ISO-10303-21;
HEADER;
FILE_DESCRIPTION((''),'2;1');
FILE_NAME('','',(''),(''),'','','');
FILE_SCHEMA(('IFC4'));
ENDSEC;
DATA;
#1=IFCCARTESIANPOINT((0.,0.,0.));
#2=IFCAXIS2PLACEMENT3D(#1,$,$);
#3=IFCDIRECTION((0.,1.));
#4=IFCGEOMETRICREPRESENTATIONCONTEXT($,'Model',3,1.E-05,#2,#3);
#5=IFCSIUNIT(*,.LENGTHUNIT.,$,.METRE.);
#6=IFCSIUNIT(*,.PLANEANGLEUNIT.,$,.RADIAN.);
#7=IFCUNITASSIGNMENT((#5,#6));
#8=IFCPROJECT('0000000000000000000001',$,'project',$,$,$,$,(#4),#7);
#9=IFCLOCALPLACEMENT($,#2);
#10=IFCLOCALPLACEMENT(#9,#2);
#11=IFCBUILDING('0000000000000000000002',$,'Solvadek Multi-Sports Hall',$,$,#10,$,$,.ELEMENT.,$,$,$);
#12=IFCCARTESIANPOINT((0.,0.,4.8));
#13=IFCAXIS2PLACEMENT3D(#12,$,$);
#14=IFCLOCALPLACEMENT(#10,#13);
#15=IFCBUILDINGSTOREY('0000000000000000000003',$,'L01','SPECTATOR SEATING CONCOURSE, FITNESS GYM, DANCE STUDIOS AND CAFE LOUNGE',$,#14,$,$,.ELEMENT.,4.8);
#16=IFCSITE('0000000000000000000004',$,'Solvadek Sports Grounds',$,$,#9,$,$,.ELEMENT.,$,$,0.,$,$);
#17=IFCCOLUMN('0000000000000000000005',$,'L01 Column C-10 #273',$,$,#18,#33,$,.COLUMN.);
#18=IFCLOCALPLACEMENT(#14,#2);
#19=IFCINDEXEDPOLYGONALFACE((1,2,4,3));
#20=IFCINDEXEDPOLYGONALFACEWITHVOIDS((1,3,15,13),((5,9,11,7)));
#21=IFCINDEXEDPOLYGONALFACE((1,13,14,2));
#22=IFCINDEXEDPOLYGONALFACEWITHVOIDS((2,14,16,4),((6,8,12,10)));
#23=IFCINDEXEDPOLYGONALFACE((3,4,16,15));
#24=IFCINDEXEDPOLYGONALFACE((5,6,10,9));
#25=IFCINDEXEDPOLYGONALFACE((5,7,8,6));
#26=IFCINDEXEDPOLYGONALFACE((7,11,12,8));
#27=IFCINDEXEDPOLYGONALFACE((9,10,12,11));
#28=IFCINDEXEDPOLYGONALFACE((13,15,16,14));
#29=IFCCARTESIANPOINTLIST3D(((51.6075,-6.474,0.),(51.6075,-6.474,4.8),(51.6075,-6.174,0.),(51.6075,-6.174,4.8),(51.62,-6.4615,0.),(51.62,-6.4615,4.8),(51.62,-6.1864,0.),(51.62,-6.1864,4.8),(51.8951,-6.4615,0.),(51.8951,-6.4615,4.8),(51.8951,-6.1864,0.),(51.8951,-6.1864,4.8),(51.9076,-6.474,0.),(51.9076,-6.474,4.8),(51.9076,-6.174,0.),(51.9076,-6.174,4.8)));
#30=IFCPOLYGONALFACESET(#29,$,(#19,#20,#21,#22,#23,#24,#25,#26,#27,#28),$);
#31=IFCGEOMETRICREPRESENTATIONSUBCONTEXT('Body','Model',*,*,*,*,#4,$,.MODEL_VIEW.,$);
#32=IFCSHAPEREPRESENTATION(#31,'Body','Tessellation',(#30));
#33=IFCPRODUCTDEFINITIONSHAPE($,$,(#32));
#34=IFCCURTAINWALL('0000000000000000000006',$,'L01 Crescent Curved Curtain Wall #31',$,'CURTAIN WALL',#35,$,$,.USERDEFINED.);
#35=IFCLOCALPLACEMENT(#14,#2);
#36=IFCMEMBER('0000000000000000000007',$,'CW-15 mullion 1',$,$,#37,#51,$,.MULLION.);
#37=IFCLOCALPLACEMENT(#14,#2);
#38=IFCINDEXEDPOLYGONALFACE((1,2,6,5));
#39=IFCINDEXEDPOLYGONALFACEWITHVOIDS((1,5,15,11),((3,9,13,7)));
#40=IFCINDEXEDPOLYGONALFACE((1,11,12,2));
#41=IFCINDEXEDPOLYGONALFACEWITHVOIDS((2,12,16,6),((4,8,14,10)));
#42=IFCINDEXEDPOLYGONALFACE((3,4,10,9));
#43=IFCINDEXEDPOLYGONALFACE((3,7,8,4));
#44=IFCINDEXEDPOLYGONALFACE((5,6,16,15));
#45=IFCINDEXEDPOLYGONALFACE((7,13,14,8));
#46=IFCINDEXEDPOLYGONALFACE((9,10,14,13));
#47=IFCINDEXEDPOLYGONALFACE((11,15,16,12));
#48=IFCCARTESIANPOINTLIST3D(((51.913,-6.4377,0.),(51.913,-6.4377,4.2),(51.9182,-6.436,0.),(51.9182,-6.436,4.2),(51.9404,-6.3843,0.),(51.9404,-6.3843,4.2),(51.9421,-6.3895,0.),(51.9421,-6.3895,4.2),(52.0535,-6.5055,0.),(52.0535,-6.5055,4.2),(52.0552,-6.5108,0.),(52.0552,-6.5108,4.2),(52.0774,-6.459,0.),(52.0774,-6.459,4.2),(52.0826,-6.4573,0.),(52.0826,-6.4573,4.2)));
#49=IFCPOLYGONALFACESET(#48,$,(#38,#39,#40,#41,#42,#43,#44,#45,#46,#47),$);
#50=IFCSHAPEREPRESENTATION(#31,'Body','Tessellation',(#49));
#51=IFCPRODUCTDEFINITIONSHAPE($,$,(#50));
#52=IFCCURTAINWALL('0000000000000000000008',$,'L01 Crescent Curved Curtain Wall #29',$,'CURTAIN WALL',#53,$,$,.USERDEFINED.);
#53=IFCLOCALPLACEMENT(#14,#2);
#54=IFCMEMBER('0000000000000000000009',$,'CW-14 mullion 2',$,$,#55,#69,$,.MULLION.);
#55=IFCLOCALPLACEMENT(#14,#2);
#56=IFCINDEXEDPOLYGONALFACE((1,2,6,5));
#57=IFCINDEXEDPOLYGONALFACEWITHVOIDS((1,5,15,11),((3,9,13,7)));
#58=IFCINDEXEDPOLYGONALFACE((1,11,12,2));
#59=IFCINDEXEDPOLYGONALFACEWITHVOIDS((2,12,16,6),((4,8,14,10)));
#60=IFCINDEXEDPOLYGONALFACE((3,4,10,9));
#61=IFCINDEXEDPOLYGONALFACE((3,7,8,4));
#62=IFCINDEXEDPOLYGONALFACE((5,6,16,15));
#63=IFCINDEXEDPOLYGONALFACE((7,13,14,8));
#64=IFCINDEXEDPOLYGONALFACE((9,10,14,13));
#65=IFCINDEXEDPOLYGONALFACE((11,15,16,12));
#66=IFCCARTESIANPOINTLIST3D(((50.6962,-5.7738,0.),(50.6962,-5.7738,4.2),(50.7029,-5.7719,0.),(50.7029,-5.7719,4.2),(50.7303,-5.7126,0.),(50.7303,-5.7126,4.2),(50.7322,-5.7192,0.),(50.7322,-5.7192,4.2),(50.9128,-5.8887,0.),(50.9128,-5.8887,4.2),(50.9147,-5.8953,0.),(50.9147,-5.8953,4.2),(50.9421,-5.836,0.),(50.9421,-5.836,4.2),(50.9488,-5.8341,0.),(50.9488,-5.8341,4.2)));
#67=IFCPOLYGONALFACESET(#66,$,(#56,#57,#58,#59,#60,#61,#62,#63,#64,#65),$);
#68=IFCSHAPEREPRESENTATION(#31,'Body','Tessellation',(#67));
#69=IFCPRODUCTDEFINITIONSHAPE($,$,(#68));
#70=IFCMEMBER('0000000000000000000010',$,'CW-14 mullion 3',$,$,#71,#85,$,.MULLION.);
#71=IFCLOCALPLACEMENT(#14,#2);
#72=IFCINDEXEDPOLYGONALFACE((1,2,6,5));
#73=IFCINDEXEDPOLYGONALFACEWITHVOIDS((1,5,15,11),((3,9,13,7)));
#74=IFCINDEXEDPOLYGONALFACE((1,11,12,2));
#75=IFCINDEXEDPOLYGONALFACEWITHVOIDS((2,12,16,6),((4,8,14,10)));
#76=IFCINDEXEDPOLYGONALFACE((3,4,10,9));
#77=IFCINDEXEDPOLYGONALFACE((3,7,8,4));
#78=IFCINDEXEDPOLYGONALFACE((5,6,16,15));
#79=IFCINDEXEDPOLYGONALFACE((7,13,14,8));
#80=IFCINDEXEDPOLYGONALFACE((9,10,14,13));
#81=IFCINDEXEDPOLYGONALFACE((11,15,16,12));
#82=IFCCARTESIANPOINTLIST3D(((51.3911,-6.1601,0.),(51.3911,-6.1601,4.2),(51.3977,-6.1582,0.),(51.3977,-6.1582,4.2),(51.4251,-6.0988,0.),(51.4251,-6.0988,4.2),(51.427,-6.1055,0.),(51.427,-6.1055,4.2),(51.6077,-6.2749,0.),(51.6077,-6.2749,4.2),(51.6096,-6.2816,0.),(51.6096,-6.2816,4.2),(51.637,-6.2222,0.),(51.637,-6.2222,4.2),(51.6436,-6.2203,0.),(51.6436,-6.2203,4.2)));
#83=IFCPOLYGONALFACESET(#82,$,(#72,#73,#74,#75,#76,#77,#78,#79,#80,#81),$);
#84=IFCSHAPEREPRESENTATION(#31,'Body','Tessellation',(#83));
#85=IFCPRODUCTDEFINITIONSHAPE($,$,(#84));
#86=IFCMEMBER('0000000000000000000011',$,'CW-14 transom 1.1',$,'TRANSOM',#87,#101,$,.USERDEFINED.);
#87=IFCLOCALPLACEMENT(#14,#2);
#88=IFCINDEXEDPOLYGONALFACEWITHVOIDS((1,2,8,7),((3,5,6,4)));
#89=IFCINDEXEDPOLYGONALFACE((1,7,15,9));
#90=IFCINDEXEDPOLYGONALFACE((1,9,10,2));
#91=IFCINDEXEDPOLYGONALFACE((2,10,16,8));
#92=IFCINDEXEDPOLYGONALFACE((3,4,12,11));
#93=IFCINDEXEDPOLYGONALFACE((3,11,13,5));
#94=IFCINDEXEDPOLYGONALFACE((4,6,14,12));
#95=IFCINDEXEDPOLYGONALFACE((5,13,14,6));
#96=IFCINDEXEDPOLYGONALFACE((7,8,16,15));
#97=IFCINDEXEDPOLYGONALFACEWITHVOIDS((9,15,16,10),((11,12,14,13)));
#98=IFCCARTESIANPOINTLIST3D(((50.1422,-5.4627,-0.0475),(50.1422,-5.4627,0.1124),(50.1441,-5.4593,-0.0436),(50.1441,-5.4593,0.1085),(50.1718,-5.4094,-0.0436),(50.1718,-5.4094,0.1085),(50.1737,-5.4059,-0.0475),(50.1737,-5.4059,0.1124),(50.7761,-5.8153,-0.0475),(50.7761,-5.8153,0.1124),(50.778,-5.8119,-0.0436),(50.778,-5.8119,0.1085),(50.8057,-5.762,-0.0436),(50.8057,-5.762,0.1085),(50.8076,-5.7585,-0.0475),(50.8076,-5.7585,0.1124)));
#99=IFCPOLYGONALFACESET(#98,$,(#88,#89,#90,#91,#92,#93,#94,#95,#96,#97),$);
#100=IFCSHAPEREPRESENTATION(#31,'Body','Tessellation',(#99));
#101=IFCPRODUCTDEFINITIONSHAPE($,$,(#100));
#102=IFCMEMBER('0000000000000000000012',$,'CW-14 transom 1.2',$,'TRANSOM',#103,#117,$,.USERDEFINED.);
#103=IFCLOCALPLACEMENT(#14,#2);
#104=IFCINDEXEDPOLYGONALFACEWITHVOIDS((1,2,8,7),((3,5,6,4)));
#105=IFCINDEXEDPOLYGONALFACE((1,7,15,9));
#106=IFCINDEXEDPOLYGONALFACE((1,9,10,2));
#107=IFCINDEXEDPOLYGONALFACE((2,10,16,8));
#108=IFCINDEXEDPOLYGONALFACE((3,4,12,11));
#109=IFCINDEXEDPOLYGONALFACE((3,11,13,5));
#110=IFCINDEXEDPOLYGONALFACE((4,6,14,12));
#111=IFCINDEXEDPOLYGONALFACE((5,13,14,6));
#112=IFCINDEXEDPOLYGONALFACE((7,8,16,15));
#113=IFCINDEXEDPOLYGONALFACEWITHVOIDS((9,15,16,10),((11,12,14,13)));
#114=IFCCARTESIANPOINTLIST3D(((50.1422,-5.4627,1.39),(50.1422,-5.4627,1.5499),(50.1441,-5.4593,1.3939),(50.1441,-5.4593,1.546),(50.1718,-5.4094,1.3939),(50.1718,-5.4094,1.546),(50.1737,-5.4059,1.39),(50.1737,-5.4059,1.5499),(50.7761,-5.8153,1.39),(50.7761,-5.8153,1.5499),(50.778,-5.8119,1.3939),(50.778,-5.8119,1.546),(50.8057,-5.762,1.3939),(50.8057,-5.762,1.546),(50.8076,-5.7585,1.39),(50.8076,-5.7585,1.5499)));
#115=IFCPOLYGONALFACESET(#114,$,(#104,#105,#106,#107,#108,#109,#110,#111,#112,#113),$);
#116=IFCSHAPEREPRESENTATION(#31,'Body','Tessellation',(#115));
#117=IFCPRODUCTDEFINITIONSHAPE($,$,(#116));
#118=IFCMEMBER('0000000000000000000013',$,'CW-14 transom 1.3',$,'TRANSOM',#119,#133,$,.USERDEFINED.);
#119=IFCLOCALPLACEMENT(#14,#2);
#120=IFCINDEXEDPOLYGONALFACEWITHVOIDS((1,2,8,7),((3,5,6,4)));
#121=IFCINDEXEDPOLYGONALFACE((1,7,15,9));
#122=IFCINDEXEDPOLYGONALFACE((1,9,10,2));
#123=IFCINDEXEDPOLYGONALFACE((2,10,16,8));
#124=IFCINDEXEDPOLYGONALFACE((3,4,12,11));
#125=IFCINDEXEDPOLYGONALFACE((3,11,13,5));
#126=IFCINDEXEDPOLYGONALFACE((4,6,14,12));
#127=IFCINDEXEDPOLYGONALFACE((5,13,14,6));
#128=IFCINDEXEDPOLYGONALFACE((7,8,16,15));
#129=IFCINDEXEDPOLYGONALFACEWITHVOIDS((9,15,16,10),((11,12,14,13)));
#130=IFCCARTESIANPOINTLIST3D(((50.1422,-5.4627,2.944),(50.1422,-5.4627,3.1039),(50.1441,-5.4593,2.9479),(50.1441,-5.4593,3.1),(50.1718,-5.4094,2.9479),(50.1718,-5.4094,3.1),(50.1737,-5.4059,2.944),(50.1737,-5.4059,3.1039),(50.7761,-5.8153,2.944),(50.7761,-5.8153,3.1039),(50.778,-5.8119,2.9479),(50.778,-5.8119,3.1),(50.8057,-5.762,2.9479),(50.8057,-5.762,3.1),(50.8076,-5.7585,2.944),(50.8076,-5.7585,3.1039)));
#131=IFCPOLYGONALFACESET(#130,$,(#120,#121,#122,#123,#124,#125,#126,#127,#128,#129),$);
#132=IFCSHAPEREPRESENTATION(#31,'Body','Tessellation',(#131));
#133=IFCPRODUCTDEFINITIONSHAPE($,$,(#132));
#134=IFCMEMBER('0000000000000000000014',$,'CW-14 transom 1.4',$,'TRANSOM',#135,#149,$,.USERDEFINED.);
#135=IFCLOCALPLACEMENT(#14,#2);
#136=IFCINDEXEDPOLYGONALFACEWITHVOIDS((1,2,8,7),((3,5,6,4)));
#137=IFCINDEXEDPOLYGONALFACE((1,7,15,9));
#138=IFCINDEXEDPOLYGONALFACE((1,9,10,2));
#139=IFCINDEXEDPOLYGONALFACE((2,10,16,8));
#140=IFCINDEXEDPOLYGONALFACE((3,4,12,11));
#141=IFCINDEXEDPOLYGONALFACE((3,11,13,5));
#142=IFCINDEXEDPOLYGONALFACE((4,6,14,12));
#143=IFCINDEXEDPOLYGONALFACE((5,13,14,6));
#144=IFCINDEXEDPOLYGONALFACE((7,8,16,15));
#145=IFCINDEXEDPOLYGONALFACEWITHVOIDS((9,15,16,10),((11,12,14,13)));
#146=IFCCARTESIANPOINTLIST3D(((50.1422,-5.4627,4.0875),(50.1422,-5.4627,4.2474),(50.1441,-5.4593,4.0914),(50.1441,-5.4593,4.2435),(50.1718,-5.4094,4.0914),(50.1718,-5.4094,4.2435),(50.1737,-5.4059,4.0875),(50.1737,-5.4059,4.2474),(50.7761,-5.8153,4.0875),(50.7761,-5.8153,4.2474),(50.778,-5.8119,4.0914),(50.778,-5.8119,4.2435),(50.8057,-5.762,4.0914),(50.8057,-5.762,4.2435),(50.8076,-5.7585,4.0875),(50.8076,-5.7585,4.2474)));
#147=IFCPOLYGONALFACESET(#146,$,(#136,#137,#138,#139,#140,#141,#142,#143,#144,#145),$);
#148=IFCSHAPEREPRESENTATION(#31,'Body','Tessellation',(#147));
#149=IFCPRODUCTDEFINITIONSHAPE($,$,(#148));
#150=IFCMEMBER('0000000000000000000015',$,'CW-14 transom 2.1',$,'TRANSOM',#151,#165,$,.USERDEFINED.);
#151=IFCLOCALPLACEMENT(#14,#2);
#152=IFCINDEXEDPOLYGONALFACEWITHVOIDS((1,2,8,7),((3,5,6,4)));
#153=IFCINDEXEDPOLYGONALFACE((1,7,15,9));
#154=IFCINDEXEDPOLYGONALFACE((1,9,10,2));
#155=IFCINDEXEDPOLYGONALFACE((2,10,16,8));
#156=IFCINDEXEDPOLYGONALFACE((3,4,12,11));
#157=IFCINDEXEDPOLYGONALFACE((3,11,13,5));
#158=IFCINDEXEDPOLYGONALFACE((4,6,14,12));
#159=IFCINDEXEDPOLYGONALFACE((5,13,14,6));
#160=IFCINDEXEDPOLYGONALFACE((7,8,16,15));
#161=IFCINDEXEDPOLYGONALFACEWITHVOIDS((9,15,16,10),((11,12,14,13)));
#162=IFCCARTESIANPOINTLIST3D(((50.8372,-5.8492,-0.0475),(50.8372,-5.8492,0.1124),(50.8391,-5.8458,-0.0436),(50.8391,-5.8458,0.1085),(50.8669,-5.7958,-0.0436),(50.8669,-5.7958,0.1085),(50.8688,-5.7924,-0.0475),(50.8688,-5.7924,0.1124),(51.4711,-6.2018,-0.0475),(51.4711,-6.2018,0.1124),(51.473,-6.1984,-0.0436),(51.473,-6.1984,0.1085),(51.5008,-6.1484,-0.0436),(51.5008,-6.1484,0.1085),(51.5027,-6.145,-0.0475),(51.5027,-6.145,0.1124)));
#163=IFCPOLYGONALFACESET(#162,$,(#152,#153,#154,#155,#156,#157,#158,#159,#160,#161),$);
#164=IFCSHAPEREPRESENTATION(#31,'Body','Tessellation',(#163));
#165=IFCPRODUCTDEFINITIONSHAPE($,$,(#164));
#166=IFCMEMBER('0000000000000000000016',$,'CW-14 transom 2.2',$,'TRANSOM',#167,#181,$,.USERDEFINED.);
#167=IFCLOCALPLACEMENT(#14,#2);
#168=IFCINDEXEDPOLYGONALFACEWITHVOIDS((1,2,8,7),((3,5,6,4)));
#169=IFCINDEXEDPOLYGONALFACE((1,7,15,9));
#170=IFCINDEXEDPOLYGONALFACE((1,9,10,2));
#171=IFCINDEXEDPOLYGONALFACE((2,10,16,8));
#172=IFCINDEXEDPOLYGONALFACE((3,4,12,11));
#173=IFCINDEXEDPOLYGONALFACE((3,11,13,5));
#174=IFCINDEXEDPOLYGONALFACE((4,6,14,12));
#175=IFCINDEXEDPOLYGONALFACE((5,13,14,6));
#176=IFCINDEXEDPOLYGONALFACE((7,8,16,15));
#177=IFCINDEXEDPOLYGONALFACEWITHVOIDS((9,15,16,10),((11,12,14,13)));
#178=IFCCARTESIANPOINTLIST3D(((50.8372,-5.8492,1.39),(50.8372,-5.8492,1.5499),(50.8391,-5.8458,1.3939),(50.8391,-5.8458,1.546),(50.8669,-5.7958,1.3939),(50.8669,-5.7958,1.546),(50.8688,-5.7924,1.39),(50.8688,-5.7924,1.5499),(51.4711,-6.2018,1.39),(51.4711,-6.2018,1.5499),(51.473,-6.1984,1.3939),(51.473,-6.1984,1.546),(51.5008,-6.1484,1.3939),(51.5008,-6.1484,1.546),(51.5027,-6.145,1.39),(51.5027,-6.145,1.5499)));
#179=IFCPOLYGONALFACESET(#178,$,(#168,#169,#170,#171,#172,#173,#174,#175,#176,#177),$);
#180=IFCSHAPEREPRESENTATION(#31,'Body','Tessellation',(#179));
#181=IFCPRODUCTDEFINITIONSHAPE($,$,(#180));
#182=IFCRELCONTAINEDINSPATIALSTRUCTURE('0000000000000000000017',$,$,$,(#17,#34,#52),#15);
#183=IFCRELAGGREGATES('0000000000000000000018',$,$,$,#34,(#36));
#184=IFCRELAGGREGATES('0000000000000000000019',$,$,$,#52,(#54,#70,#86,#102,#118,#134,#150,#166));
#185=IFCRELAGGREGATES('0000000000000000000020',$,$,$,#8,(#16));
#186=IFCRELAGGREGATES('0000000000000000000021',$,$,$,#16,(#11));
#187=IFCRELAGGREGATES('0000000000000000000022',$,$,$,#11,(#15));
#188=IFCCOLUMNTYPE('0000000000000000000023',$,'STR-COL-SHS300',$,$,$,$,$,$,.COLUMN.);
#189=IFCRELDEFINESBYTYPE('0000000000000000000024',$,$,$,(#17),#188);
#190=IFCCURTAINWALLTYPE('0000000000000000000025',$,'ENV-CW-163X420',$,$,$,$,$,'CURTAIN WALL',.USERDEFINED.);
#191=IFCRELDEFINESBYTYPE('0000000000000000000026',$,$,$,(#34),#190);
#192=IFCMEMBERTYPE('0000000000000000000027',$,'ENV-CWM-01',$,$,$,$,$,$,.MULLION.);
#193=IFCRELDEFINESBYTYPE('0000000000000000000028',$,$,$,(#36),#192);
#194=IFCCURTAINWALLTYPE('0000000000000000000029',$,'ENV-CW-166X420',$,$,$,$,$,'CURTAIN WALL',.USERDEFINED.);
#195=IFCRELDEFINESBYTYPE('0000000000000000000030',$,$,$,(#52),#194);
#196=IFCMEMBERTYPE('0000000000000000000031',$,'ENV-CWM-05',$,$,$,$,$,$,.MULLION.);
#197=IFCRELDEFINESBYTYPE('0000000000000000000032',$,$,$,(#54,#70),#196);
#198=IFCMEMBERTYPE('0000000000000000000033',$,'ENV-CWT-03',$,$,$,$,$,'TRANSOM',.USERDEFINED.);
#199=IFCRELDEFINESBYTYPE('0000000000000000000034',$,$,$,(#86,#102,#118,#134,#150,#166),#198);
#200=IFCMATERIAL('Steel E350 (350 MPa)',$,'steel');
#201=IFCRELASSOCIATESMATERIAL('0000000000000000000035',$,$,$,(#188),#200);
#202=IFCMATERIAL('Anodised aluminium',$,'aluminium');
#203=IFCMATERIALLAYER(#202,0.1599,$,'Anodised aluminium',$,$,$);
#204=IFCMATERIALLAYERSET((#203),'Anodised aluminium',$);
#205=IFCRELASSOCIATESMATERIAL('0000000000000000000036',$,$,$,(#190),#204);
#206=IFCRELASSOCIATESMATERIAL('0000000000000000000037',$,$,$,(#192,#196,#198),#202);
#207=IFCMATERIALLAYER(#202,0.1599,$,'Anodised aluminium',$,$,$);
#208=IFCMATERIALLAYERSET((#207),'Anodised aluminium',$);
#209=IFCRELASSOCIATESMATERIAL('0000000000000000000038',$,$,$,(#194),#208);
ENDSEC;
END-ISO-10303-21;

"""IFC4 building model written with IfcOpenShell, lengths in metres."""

from ifc_helpers import new_model, si_unit, direction, frame, origin, origin_2d, place, context, subcontext, project, spatial, hollow_rectangle, extrude, material, layer, layer_set, material_profile, profile_set, type_object, element, aggregate, save


model = new_model("IFC4")

# Units and contexts
model_context = context("Model", 3, precision=1e-05, world=origin(), true_north=direction((0.0, 1.0)))
body_context = subcontext(model_context, "Body", "Model", "MODEL_VIEW")
ifc_project = project(units=[si_unit("LENGTHUNIT", "METRE"), si_unit("PLANEANGLEUNIT", "RADIAN")], contexts=[model_context])

# Site, building, storey
site_placement = place(None, origin())
site = spatial("IfcSite", under=ifc_project, at=site_placement, Name="Solvadek Sports Grounds", CompositionType="ELEMENT", RefElevation=0.0)
building_placement = place(site_placement, origin())
building = spatial("IfcBuilding", under=site, at=building_placement, Name="Solvadek Multi-Sports Hall", CompositionType="ELEMENT")
storey_placement = place(building_placement, frame((0.0, 0.0, 4.8)))
storey = spatial("IfcBuildingStorey", under=building, at=storey_placement, Name="L01", Description="SPECTATOR SEATING CONCOURSE, FITNESS GYM, DANCE STUDIOS AND CAFE LOUNGE", CompositionType="ELEMENT", Elevation=4.8)

# Column
ifc_material_1 = material(Name="Steel E350 (350 MPa)", Category="steel")
ifc_material_profile_1 = material_profile(ifc_material_1, hollow_rectangle(XDim=0.3, YDim=0.3, WallThickness=0.0125, at=origin_2d()), Name="SHS 300x300x12.5")
ifc_profile_set_1 = profile_set([ifc_material_profile_1], Name="Steel E350 (350 MPa)")
column_type = type_object("IfcColumnType", Name="STR-COL-SHS300", PredefinedType="COLUMN", material=ifc_profile_set_1)
column_placement = place(storey_placement, frame((51.7576, -6.324, 0.0), z_axis=(0.0, 0.0, 1.0), x_axis=(1.0, 0.0, 0.0)))
element("IfcColumn", 1, at=column_placement, inside=storey, type_object=column_type, Name="L01 Column C-10 #273", PredefinedType="COLUMN", context=body_context, shape_type="SweptSolid", body=[
    extrude(hollow_rectangle(XDim=0.3, YDim=0.3, WallThickness=0.0125, at=origin_2d()), origin(), (0.0, 0.0, 1.0), 4.8),
])

# Curtain wall, member
ifc_material_2 = material(Name="Anodised aluminium", Category="aluminium")
ifc_layer_1 = layer(ifc_material_2, 0.1599, Name="Anodised aluminium")
ifc_layer_set_1 = layer_set([ifc_layer_1], Name="Anodised aluminium")
curtain_wall_type_1 = type_object("IfcCurtainWallType", Name="ENV-CW-163X420", ElementType="CURTAIN WALL", PredefinedType="USERDEFINED", material=ifc_layer_set_1)
curtain_wall_1_placement = place(storey_placement, origin())
curtain_wall_1 = element("IfcCurtainWall", 2, at=curtain_wall_1_placement, inside=storey, type_object=curtain_wall_type_1, Name="L01 Crescent Curved Curtain Wall #31", ObjectType="CURTAIN WALL", PredefinedType="USERDEFINED")
ifc_material_profile_2 = material_profile(ifc_material_2, hollow_rectangle(XDim=0.0601, YDim=0.1599, WallThickness=0.0039, at=origin_2d()), Name="ALU-M 160x60x4")
ifc_profile_set_2 = profile_set([ifc_material_profile_2], Name="Anodised aluminium")
member_type_1 = type_object("IfcMemberType", Name="ENV-CWM-01", PredefinedType="MULLION", material=ifc_profile_set_2)
member_1_placement = place(storey_placement, frame((51.9978, -6.4475, 0.0), z_axis=(0.0, 0.0, 1.0), x_axis=(0.457097, 0.889417, 0.0)))
member_1 = element("IfcMember", 3, at=member_1_placement, type_object=member_type_1, Name="CW-15 mullion 1", PredefinedType="MULLION", context=body_context, shape_type="SweptSolid", body=[
    extrude(hollow_rectangle(XDim=0.0601, YDim=0.1599, WallThickness=0.0039, at=origin_2d()), origin(), (0.0, 0.0, 1.0), 4.2),
])

# Curtain wall, members
ifc_layer_2 = layer(ifc_material_2, 0.1599, Name="Anodised aluminium")
ifc_layer_set_2 = layer_set([ifc_layer_2], Name="Anodised aluminium")
curtain_wall_type_2 = type_object("IfcCurtainWallType", Name="ENV-CW-166X420", ElementType="CURTAIN WALL", PredefinedType="USERDEFINED", material=ifc_layer_set_2)
curtain_wall_2_placement = place(storey_placement, origin())
curtain_wall_2 = element("IfcCurtainWall", 4, at=curtain_wall_2_placement, inside=storey, type_object=curtain_wall_type_2, Name="L01 Crescent Curved Curtain Wall #29", ObjectType="CURTAIN WALL", PredefinedType="USERDEFINED")
ifc_material_profile_3 = material_profile(ifc_material_2, hollow_rectangle(XDim=0.0701, YDim=0.25, WallThickness=0.0049, at=origin_2d()), Name="ALU-M 250x70x5")
ifc_profile_set_3 = profile_set([ifc_material_profile_3], Name="Anodised aluminium")
member_type_2 = type_object("IfcMemberType", Name="ENV-CWM-05", PredefinedType="MULLION", material=ifc_profile_set_3)
member_2_placement = place(storey_placement, frame((50.8225, -5.804, 0.0), z_axis=(0.0, 0.0, 1.0), x_axis=(0.486006, 0.873955, 0.0)))
member_2 = element("IfcMember", 5, at=member_2_placement, type_object=member_type_2, Name="CW-14 mullion 2", PredefinedType="MULLION", context=body_context, shape_type="SweptSolid", body=[
    extrude(hollow_rectangle(XDim=0.0701, YDim=0.25, WallThickness=0.0049, at=origin_2d()), origin(), (0.0, 0.0, 1.0), 4.2),
])
member_3_placement = place(storey_placement, frame((51.5173, -6.1902, 0.0), z_axis=(0.0, 0.0, 1.0), x_axis=(0.486006, 0.873955, 0.0)))
member_3 = element("IfcMember", 6, at=member_3_placement, type_object=member_type_2, Name="CW-14 mullion 3", PredefinedType="MULLION", context=body_context, shape_type="SweptSolid", body=[
    extrude(hollow_rectangle(XDim=0.0701, YDim=0.25, WallThickness=0.0049, at=origin_2d()), origin(), (0.0, 0.0, 1.0), 4.2),
])
ifc_material_profile_4 = material_profile(ifc_material_2, hollow_rectangle(XDim=0.0649, YDim=0.1599, WallThickness=0.0039, at=origin_2d()), Name="ALU-T 160x65x4")
ifc_profile_set_4 = profile_set([ifc_material_profile_4], Name="Anodised aluminium")
member_type_3 = type_object("IfcMemberType", Name="ENV-CWT-03", ElementType="TRANSOM", PredefinedType="USERDEFINED", material=ifc_profile_set_4)
member_4_placement = place(storey_placement, frame((50.158, -5.4343, 0.0325), z_axis=(0.873903, -0.4861, 0.0), x_axis=(0.4861, 0.873903, 0.0)))
member_4 = element("IfcMember", 7, at=member_4_placement, type_object=member_type_3, Name="CW-14 transom 1.1", ObjectType="TRANSOM", PredefinedType="USERDEFINED", context=body_context, shape_type="SweptSolid", body=[
    extrude(hollow_rectangle(XDim=0.0649, YDim=0.1599, WallThickness=0.0039, at=origin_2d()), origin(), (0.0, 0.0, 1.0), 0.7253),
])
member_5_placement = place(storey_placement, frame((50.158, -5.4343, 1.47), z_axis=(0.873903, -0.4861, 0.0), x_axis=(0.4861, 0.873903, 0.0)))
member_5 = element("IfcMember", 8, at=member_5_placement, type_object=member_type_3, Name="CW-14 transom 1.2", ObjectType="TRANSOM", PredefinedType="USERDEFINED", context=body_context, shape_type="SweptSolid", body=[
    extrude(hollow_rectangle(XDim=0.0649, YDim=0.1599, WallThickness=0.0039, at=origin_2d()), origin(), (0.0, 0.0, 1.0), 0.7253),
])
member_6_placement = place(storey_placement, frame((50.158, -5.4343, 3.0239), z_axis=(0.873903, -0.4861, 0.0), x_axis=(0.4861, 0.873903, 0.0)))
member_6 = element("IfcMember", 9, at=member_6_placement, type_object=member_type_3, Name="CW-14 transom 1.3", ObjectType="TRANSOM", PredefinedType="USERDEFINED", context=body_context, shape_type="SweptSolid", body=[
    extrude(hollow_rectangle(XDim=0.0649, YDim=0.1599, WallThickness=0.0039, at=origin_2d()), origin(), (0.0, 0.0, 1.0), 0.7253),
])
member_7_placement = place(storey_placement, frame((50.158, -5.4343, 4.1675), z_axis=(0.873903, -0.4861, 0.0), x_axis=(0.4861, 0.873903, 0.0)))
member_7 = element("IfcMember", 10, at=member_7_placement, type_object=member_type_3, Name="CW-14 transom 1.4", ObjectType="TRANSOM", PredefinedType="USERDEFINED", context=body_context, shape_type="SweptSolid", body=[
    extrude(hollow_rectangle(XDim=0.0649, YDim=0.1599, WallThickness=0.0039, at=origin_2d()), origin(), (0.0, 0.0, 1.0), 0.7253),
])
member_8_placement = place(storey_placement, frame((50.853, -5.8208, 0.0325), z_axis=(0.873903, -0.4861, 0.0), x_axis=(0.4861, 0.873903, 0.0)))
member_8 = element("IfcMember", 11, at=member_8_placement, type_object=member_type_3, Name="CW-14 transom 2.1", ObjectType="TRANSOM", PredefinedType="USERDEFINED", context=body_context, shape_type="SweptSolid", body=[
    extrude(hollow_rectangle(XDim=0.0649, YDim=0.1599, WallThickness=0.0039, at=origin_2d()), origin(), (0.0, 0.0, 1.0), 0.7253),
])
member_9_placement = place(storey_placement, frame((50.853, -5.8208, 1.47), z_axis=(0.873903, -0.4861, 0.0), x_axis=(0.4861, 0.873903, 0.0)))
member_9 = element("IfcMember", 12, at=member_9_placement, type_object=member_type_3, Name="CW-14 transom 2.2", ObjectType="TRANSOM", PredefinedType="USERDEFINED", context=body_context, shape_type="SweptSolid", body=[
    extrude(hollow_rectangle(XDim=0.0649, YDim=0.1599, WallThickness=0.0039, at=origin_2d()), origin(), (0.0, 0.0, 1.0), 0.7253),
])

aggregate(curtain_wall_1, [member_1])

aggregate(curtain_wall_2, [member_2, member_3, member_4, member_5, member_6, member_7, member_8, member_9])

save(model, "model.ifc")
